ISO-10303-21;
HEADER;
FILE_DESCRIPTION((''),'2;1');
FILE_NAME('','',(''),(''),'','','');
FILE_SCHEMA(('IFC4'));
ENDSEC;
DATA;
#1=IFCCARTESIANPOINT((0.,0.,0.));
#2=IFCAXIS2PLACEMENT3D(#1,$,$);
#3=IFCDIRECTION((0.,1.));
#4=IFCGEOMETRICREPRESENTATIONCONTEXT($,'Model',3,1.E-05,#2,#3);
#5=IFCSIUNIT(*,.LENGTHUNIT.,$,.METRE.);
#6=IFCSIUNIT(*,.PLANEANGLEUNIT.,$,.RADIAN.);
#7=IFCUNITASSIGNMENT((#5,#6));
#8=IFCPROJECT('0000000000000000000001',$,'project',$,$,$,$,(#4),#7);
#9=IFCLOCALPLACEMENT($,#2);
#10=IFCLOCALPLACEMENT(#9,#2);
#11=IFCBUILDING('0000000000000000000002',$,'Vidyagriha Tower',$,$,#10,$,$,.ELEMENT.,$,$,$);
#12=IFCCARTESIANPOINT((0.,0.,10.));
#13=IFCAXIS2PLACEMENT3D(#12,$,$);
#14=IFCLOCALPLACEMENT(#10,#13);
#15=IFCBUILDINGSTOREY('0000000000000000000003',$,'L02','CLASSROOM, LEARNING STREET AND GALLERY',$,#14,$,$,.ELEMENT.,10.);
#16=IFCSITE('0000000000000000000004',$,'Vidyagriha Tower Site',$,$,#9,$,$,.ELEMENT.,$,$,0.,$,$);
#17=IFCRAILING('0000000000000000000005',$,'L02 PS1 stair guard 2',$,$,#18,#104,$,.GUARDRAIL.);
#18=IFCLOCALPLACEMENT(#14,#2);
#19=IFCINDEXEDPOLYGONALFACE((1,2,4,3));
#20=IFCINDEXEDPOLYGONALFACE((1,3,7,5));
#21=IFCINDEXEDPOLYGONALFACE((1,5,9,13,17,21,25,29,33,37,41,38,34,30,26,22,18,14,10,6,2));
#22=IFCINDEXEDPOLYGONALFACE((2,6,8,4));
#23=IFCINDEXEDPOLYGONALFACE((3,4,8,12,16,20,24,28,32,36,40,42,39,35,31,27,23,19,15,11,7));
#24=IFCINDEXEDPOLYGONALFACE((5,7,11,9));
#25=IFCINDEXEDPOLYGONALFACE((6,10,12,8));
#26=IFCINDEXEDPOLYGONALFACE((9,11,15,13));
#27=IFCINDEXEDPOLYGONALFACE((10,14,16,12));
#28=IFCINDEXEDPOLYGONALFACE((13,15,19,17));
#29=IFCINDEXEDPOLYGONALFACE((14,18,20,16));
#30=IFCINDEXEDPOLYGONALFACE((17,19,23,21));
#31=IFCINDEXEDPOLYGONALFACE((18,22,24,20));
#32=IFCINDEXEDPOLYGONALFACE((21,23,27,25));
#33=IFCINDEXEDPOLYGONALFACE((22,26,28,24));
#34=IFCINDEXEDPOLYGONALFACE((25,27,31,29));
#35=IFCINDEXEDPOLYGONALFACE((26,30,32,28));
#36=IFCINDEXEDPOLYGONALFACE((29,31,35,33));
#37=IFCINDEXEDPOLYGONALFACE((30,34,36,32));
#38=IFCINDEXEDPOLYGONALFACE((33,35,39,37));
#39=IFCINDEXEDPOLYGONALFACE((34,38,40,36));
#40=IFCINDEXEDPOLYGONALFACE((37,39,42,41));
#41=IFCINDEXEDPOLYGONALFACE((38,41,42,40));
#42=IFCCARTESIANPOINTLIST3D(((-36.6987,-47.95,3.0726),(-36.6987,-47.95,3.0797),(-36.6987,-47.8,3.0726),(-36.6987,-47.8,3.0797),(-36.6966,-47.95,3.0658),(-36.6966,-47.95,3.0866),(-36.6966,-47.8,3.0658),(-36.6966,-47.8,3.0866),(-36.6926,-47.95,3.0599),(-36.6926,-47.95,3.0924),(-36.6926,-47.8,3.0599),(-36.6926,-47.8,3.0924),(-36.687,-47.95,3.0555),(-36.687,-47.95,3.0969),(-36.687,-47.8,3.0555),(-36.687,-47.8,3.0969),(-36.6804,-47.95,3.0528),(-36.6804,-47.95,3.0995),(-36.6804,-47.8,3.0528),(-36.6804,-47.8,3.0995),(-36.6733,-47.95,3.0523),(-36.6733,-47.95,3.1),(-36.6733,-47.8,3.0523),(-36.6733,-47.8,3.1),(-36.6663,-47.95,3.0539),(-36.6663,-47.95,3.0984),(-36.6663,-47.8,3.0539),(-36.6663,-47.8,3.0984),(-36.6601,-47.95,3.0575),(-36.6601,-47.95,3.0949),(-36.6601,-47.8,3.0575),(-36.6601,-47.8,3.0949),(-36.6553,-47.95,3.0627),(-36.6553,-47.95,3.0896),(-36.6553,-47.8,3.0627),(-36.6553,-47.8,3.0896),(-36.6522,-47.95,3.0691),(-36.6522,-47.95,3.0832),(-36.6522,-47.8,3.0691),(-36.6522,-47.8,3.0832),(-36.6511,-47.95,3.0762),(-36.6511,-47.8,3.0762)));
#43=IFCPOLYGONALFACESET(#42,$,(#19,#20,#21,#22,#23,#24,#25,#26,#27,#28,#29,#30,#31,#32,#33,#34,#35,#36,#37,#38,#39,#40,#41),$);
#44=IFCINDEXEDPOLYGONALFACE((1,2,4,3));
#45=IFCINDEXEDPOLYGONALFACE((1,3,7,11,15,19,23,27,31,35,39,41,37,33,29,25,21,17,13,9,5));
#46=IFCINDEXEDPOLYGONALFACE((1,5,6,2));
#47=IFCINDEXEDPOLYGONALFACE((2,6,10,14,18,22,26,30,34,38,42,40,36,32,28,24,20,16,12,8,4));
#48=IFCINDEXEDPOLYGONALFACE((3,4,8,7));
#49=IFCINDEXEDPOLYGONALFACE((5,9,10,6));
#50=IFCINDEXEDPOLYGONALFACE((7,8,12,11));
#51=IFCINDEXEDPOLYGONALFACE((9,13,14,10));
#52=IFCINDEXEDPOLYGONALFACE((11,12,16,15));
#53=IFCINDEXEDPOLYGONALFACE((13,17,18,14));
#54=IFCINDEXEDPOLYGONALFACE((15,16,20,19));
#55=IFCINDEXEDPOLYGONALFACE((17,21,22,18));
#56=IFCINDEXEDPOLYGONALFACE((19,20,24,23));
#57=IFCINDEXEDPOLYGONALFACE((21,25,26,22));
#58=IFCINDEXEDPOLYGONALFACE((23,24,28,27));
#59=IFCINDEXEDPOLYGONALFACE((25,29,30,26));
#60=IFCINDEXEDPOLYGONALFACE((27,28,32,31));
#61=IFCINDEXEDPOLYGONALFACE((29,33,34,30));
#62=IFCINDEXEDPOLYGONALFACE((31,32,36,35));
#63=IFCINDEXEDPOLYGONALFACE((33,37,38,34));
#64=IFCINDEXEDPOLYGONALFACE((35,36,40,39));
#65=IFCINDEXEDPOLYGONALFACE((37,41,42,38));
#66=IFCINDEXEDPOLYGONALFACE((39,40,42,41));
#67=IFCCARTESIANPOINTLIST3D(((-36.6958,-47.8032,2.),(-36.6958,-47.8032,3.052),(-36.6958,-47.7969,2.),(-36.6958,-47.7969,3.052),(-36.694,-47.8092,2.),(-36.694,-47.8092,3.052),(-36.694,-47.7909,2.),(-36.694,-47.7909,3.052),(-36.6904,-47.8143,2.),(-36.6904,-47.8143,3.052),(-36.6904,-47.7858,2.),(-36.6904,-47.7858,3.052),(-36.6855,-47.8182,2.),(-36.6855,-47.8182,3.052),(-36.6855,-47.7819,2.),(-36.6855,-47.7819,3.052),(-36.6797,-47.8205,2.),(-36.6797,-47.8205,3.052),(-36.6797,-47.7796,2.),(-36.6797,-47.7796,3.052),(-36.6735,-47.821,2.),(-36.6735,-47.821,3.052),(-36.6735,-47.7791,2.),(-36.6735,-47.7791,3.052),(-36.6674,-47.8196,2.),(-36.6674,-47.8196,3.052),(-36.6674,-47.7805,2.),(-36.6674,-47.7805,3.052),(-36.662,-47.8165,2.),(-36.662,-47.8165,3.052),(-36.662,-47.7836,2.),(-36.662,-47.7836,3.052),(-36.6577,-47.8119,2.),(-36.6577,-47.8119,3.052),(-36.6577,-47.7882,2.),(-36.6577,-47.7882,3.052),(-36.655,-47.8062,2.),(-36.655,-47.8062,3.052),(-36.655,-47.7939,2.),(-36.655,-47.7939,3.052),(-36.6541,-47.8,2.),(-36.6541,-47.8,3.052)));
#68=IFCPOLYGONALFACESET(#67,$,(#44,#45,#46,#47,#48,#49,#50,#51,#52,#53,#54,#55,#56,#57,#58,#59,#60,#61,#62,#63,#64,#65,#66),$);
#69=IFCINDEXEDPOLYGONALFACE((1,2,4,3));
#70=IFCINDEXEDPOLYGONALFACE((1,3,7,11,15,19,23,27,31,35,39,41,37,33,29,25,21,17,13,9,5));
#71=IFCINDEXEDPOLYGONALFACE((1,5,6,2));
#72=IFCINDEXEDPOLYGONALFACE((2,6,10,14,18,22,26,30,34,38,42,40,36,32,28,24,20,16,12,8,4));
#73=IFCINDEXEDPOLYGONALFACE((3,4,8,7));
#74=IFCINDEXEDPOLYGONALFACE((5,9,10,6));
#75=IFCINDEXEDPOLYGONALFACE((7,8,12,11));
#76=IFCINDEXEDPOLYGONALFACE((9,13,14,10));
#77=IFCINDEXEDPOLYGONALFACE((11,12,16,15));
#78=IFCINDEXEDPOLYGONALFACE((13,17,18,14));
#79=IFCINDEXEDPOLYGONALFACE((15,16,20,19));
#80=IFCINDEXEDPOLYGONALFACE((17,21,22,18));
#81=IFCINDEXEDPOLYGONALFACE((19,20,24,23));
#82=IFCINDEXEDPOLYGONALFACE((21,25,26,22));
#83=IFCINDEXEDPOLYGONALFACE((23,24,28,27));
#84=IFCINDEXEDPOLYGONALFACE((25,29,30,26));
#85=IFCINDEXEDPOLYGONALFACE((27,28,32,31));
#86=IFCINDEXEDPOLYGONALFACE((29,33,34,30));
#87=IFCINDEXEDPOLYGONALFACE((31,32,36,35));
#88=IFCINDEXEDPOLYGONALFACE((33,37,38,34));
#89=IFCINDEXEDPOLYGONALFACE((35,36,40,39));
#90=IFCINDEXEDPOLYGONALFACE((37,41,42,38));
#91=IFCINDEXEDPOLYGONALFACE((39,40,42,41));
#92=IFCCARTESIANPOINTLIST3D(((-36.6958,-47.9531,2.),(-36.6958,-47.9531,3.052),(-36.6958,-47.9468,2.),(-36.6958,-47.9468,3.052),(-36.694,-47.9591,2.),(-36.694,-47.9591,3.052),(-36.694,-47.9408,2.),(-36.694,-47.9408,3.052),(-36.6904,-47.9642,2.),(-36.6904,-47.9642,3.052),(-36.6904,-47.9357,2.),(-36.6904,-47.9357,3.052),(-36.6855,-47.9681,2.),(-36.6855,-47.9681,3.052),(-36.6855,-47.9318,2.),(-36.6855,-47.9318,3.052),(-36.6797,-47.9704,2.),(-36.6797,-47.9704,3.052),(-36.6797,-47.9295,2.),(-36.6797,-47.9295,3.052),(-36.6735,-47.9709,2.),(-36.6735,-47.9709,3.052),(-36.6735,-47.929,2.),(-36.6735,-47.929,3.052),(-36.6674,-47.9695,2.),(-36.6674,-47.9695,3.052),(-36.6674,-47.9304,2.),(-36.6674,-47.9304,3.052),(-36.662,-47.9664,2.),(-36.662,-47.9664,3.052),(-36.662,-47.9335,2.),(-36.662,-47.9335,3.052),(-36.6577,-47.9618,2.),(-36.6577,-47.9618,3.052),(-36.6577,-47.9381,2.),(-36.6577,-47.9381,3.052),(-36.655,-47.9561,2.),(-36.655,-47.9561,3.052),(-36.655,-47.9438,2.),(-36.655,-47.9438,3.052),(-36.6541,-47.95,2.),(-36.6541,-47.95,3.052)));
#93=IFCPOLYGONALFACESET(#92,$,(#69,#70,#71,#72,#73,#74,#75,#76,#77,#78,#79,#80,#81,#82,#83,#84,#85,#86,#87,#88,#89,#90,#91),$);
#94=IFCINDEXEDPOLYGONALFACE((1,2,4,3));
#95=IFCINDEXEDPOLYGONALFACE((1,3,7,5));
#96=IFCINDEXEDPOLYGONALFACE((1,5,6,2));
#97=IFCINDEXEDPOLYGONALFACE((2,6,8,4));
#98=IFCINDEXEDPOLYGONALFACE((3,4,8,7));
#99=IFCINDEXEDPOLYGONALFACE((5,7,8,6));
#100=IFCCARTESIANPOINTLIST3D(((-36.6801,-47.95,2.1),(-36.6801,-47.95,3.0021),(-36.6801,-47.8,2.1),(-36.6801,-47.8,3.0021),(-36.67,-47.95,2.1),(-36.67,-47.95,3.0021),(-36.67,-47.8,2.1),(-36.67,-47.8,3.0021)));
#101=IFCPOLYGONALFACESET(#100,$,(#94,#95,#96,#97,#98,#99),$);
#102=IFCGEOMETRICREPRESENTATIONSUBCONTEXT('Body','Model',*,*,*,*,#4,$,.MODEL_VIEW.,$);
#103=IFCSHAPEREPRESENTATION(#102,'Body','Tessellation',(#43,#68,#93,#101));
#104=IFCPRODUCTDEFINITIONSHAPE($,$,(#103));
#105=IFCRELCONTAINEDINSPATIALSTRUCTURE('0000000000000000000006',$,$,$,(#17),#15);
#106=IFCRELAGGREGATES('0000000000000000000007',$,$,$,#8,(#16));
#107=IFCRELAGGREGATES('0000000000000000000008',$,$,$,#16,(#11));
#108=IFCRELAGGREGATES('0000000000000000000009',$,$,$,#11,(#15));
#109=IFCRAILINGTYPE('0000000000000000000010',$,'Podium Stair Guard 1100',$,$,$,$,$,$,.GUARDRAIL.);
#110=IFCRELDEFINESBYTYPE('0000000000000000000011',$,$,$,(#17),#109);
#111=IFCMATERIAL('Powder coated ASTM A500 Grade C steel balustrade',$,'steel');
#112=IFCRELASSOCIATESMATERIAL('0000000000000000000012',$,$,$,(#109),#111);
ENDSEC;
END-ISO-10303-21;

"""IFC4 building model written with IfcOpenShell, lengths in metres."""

from ifc_helpers import new_model, si_unit, direction, frame, origin, origin_2d, place, context, subcontext, project, spatial, rectangle, circle, extrude, material, type_object, element, save


model = new_model("IFC4")

# Units and contexts
model_context = context("Model", 3, precision=1e-05, world=origin(), true_north=direction((0.0, 1.0)))
body_context = subcontext(model_context, "Body", "Model", "MODEL_VIEW")
ifc_project = project(units=[si_unit("LENGTHUNIT", "METRE"), si_unit("PLANEANGLEUNIT", "RADIAN")], contexts=[model_context])

# Site, building, storey
site_placement = place(None, origin())
site = spatial("IfcSite", under=ifc_project, at=site_placement, Name="Vidyagriha Tower Site", CompositionType="ELEMENT", RefElevation=0.0)
building_placement = place(site_placement, origin())
building = spatial("IfcBuilding", under=site, at=building_placement, Name="Vidyagriha Tower", CompositionType="ELEMENT")
storey_placement = place(building_placement, frame((0.0, 0.0, 10.0)))
storey = spatial("IfcBuildingStorey", under=building, at=storey_placement, Name="L02", Description="CLASSROOM, LEARNING STREET AND GALLERY", CompositionType="ELEMENT", Elevation=10.0)

# Railing
ifc_material_1 = material(Name="Powder coated ASTM A500 Grade C steel balustrade", Category="steel")
railing_type_1 = type_object("IfcRailingType", Name="Podium Stair Guard 1100", PredefinedType="GUARDRAIL", material=ifc_material_1)
railing_1_placement = place(storey_placement, frame((-36.675, -47.8, 2.0)))
element("IfcRailing", 1, at=railing_1_placement, inside=storey, type_object=railing_type_1, Name="L02 PS1 stair guard 2", PredefinedType="GUARDRAIL", context=body_context, shape_type="SweptSolid", body=[
    extrude(circle(Radius=0.0239, at=origin_2d()), frame((0.0, 0.0, 1.0762), z_axis=(0.0, -1.0, 0.0), x_axis=(1.0, 0.0, 0.0)), (0.0, 0.0, 1.0), 0.1499),
    extrude(circle(Radius=0.021, at=origin_2d()), origin(), (0.0, 0.0, 1.0), 1.052),
    extrude(circle(Radius=0.021, at=origin_2d()), frame((0.0, -0.1499, 0.0)), (0.0, 0.0, 1.0), 1.052),
    extrude(rectangle(XDim=0.01, YDim=0.9021, at=origin_2d()), frame((0.0, 0.0, 0.551), z_axis=(0.0, -1.0, 0.0), x_axis=(1.0, 0.0, 0.0)), (0.0, 0.0, 1.0), 0.1499),
])

save(model, "model.ifc")
